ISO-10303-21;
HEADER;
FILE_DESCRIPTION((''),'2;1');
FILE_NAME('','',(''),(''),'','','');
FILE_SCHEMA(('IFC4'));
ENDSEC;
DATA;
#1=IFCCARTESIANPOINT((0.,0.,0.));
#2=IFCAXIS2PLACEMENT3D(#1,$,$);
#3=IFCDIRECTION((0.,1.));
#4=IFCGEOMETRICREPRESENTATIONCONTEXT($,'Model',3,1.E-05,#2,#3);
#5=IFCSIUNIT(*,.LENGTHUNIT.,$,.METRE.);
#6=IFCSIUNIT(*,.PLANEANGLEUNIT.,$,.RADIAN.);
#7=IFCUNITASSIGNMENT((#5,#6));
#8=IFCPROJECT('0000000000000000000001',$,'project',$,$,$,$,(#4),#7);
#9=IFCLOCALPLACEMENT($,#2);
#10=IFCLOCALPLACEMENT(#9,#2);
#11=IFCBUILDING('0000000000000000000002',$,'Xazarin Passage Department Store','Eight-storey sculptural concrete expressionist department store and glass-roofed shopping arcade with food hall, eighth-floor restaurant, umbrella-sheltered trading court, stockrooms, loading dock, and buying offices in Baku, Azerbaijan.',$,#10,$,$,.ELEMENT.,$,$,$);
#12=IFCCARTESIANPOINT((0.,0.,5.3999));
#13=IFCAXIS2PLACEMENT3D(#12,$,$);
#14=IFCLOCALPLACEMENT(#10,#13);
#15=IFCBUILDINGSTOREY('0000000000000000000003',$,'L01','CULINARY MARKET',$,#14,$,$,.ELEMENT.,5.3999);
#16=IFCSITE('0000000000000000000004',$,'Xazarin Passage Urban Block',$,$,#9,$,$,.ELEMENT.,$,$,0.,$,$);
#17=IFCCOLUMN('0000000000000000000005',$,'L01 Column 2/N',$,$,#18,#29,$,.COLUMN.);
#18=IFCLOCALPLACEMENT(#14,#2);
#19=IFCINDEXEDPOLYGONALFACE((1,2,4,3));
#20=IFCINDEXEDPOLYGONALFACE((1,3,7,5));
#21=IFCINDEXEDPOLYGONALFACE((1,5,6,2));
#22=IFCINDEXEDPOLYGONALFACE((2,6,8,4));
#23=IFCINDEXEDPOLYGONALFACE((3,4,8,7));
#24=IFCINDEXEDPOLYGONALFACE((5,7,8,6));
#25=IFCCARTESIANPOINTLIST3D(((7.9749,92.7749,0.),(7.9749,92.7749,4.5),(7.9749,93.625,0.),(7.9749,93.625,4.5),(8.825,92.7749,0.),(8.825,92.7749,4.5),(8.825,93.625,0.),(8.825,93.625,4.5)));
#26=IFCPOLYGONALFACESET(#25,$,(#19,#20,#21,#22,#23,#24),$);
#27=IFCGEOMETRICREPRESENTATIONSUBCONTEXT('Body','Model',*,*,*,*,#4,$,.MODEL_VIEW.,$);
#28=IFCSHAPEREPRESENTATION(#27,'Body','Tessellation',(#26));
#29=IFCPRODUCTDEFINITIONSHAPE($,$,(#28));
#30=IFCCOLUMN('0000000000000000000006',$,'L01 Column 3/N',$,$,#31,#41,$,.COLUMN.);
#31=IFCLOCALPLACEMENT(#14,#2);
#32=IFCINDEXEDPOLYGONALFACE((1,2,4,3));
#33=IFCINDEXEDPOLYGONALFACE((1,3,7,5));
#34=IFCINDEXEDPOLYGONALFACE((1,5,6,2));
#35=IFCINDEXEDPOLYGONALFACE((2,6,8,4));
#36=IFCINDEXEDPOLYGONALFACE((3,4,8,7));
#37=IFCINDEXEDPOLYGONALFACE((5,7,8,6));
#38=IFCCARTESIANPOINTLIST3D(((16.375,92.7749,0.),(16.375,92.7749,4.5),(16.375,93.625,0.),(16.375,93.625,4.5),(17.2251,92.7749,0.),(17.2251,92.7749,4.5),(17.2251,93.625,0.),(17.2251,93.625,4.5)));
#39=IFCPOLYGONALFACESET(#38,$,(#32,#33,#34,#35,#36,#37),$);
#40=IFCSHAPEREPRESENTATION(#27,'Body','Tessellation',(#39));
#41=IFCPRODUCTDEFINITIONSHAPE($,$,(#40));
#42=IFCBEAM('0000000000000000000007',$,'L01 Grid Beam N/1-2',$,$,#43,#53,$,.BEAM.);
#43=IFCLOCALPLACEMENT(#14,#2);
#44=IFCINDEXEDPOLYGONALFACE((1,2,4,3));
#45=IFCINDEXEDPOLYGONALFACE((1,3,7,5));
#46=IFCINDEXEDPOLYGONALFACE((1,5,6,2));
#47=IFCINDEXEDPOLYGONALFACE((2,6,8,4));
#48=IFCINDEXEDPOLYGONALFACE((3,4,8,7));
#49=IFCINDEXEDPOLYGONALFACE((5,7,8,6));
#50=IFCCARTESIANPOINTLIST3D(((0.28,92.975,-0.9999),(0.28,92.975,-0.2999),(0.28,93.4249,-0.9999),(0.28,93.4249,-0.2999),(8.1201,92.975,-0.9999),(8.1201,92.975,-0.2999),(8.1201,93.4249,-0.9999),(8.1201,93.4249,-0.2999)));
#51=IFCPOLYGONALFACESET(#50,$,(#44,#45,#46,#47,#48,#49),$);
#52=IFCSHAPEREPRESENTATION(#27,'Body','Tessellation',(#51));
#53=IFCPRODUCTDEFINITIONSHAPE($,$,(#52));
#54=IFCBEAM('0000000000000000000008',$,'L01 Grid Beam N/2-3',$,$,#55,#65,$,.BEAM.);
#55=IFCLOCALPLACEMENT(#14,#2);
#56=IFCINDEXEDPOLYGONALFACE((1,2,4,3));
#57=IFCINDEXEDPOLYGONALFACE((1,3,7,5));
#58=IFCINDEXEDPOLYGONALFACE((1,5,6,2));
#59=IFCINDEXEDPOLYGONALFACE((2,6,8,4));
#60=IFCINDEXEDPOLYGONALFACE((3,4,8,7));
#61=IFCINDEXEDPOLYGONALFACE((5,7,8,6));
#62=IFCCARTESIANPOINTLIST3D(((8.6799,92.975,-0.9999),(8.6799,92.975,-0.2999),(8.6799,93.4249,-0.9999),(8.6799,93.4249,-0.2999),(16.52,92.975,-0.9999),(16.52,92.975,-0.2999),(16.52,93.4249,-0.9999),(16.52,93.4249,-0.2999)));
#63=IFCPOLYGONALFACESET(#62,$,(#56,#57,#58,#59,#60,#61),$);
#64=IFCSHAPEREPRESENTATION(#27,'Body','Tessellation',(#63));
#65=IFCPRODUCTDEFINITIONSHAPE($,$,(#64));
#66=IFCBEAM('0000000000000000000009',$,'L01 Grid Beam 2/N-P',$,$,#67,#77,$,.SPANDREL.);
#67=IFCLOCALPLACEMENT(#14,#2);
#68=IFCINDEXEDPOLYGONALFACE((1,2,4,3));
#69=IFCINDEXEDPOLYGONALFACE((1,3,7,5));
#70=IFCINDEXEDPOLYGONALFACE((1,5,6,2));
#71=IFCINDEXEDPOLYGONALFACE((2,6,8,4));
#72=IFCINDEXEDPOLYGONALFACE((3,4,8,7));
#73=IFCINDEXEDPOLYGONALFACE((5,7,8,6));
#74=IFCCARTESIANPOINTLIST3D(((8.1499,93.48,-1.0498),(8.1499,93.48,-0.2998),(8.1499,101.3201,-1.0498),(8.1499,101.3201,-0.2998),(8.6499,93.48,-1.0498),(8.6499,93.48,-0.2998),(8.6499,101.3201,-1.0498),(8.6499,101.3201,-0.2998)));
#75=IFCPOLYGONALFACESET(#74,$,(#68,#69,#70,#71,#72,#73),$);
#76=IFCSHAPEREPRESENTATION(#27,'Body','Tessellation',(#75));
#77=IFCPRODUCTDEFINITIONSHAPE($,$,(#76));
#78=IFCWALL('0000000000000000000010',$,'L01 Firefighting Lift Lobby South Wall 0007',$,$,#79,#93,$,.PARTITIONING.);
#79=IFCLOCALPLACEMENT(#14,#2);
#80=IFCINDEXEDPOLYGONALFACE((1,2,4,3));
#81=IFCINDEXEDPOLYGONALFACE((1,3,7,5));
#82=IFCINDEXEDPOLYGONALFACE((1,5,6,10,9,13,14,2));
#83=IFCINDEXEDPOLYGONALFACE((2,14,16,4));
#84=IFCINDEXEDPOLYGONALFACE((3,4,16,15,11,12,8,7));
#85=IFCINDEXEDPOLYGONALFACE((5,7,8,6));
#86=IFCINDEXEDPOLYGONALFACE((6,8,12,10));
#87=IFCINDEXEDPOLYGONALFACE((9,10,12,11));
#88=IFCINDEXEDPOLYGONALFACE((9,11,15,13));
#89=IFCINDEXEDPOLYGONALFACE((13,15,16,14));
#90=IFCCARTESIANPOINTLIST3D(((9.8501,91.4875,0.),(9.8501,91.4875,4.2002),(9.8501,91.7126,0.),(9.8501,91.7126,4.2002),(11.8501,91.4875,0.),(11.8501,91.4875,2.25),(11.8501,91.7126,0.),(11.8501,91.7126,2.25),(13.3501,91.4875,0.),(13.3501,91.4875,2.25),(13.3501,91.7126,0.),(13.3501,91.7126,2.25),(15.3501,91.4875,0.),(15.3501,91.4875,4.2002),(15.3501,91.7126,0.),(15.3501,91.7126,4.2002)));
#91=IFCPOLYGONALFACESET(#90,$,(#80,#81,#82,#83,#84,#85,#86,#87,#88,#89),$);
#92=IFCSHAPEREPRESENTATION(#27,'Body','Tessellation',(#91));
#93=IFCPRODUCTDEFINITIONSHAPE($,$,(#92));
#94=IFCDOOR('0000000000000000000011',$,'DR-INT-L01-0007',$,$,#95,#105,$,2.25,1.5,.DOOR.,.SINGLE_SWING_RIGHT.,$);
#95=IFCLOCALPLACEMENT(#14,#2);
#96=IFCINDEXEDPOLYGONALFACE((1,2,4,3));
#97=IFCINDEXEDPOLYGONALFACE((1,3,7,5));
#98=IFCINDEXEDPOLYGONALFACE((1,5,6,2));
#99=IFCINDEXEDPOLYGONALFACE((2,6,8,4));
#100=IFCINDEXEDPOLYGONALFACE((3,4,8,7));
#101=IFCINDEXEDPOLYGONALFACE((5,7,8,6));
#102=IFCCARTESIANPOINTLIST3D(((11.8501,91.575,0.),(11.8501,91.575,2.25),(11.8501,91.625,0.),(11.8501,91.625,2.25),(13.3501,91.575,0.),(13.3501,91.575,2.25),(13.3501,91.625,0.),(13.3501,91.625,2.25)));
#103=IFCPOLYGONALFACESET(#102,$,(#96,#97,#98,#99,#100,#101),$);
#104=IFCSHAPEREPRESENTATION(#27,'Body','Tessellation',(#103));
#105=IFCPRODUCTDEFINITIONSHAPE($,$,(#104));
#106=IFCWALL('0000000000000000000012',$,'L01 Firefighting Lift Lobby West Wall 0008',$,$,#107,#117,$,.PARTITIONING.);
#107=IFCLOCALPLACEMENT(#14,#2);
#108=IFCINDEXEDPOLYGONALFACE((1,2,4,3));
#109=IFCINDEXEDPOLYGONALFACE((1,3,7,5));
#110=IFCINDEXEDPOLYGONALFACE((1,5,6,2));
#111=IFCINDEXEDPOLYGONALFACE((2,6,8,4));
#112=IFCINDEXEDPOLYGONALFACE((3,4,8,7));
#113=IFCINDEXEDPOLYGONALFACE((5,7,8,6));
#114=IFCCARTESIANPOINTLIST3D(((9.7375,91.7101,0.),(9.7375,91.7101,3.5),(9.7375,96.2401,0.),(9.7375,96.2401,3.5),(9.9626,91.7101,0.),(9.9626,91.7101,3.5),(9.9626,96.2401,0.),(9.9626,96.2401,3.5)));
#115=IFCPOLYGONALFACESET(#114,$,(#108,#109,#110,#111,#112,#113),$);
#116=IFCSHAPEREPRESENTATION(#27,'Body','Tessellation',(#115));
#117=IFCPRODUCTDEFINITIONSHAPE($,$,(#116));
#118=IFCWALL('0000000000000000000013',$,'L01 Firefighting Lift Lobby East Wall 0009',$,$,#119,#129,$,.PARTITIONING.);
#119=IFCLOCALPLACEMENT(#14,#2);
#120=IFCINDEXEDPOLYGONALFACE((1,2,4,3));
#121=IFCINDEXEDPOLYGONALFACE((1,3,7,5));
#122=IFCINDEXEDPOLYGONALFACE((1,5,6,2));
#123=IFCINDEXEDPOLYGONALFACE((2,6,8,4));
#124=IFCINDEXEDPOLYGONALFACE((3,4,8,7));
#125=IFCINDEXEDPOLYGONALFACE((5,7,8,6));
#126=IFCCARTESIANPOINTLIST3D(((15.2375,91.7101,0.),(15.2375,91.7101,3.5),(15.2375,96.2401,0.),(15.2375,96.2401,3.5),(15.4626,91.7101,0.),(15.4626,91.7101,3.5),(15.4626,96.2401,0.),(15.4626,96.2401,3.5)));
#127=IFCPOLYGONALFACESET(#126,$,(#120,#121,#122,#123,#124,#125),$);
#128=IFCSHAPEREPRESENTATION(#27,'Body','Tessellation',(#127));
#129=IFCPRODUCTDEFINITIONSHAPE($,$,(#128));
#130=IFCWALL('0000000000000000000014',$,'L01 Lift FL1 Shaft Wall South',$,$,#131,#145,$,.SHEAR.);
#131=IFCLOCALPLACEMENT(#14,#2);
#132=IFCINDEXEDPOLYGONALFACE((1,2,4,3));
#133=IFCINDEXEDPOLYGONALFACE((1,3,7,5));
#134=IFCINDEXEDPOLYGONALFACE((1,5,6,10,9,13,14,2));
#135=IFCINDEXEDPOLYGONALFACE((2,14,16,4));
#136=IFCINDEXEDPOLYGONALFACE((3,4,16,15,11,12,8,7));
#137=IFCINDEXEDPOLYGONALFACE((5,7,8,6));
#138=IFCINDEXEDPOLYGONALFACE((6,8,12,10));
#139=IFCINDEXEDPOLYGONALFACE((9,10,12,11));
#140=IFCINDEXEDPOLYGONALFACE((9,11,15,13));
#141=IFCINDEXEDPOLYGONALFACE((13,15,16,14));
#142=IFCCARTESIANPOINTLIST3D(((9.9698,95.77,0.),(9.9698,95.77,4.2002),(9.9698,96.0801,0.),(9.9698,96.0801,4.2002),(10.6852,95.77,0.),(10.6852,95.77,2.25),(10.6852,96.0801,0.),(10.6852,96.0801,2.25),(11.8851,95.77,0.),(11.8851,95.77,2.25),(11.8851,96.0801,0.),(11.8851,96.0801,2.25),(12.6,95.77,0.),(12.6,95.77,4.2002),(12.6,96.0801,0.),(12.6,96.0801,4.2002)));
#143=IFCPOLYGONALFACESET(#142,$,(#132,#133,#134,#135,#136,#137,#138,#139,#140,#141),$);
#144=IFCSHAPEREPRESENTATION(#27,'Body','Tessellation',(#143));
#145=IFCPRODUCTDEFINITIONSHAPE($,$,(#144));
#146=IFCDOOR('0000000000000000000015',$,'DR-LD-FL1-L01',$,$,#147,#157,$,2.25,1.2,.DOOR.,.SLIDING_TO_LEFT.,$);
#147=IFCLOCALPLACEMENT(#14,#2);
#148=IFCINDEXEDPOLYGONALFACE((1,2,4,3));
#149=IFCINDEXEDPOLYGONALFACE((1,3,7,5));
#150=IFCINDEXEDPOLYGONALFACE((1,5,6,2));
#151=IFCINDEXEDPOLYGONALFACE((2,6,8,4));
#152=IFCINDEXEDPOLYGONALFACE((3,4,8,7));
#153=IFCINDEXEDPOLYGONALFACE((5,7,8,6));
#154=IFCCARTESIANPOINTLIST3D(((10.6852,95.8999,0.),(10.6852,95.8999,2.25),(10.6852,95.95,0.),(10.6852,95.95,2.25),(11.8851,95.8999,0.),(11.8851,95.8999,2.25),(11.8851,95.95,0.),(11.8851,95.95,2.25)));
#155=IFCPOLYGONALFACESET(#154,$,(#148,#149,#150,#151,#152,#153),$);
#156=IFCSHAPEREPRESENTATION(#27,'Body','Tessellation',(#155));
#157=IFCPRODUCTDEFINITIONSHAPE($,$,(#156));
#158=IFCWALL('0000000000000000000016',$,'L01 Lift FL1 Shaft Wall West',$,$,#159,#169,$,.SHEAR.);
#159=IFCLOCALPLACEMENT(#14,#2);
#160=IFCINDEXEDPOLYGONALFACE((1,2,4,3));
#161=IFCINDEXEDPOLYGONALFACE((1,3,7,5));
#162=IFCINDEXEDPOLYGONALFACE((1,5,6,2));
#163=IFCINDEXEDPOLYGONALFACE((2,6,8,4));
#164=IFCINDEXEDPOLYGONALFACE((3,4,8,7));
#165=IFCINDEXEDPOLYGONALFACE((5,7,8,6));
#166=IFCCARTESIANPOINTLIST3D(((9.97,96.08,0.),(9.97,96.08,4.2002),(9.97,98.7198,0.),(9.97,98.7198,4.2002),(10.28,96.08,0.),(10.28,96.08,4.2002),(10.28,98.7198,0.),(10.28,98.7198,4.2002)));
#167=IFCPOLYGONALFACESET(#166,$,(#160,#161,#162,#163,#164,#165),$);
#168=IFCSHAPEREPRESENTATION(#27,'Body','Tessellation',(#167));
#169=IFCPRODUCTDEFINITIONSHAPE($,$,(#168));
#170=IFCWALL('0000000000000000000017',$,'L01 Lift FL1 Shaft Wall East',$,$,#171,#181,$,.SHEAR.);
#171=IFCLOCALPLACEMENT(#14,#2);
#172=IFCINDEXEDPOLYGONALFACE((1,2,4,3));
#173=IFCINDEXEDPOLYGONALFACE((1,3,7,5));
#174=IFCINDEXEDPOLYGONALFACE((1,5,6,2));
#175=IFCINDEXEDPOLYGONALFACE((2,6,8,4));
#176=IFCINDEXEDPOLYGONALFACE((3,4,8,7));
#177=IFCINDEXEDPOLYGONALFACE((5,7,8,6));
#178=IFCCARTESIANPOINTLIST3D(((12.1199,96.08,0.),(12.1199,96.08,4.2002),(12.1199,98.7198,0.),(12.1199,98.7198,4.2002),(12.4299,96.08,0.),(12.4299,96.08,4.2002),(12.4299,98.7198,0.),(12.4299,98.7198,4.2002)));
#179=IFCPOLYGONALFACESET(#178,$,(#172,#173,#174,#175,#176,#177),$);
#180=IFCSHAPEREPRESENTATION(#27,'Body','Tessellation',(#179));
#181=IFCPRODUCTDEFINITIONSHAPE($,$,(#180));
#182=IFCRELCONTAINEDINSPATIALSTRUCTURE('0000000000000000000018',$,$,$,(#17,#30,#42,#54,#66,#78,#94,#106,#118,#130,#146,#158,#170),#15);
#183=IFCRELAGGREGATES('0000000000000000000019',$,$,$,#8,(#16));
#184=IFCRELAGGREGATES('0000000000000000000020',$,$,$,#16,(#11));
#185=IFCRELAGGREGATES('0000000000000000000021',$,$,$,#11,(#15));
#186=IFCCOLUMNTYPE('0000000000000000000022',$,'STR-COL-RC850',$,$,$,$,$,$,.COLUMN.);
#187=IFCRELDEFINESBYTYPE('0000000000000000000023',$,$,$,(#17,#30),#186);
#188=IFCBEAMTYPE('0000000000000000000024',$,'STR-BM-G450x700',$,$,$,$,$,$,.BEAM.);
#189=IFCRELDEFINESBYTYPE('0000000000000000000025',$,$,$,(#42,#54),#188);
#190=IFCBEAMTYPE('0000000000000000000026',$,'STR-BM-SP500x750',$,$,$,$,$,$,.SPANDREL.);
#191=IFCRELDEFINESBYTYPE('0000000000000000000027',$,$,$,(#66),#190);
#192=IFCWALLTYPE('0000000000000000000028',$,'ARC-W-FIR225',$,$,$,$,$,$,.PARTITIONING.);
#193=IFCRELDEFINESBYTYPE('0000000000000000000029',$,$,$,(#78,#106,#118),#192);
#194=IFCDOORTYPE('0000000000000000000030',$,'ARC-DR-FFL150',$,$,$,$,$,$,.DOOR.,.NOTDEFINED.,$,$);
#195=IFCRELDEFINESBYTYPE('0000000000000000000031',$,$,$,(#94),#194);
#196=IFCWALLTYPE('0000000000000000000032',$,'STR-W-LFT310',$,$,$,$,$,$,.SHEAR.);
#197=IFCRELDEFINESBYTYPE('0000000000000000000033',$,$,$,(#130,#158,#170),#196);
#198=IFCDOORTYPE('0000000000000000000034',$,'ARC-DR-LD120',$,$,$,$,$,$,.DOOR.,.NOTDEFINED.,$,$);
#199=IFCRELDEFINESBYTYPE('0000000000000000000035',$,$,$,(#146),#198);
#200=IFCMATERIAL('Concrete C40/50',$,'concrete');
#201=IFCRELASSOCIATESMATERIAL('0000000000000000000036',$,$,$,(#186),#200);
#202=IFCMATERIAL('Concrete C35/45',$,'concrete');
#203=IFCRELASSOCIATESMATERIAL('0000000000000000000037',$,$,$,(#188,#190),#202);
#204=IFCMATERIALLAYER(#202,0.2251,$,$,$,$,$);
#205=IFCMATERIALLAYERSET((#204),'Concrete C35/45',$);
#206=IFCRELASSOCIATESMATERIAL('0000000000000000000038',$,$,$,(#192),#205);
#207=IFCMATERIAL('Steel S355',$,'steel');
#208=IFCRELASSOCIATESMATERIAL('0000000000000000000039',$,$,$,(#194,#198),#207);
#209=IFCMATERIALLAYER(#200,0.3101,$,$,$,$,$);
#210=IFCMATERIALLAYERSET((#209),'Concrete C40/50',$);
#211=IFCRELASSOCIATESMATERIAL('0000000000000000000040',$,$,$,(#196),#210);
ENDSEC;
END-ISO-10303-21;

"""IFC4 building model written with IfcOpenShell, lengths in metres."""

from ifc_helpers import new_model, si_unit, direction, frame, frame_2d, origin, origin_2d, place, context, subcontext, project, spatial, rectangle, extrude, material, layer, layer_set, material_profile, profile_set, type_object, element, fill, save


model = new_model("IFC4")

# Units and contexts
model_context = context("Model", 3, precision=1e-05, world=origin(), true_north=direction((0.0, 1.0)))
body_context = subcontext(model_context, "Body", "Model", "MODEL_VIEW")
ifc_project = project(units=[si_unit("LENGTHUNIT", "METRE"), si_unit("PLANEANGLEUNIT", "RADIAN")], contexts=[model_context])

# Site, building, storey
site_placement = place(None, origin())
site = spatial("IfcSite", under=ifc_project, at=site_placement, Name="Xazarin Passage Urban Block", CompositionType="ELEMENT", RefElevation=0.0)
building_placement = place(site_placement, origin())
building = spatial("IfcBuilding", under=site, at=building_placement, Name="Xazarin Passage Department Store", Description="Eight-storey sculptural concrete expressionist department store and glass-roofed shopping arcade with food hall, eighth-floor restaurant, umbrella-sheltered trading court, stockrooms, loading dock, and buying offices in Baku, Azerbaijan.", CompositionType="ELEMENT")
storey_placement = place(building_placement, frame((0.0, 0.0, 5.3999)))
storey = spatial("IfcBuildingStorey", under=building, at=storey_placement, Name="L01", Description="CULINARY MARKET", CompositionType="ELEMENT", Elevation=5.3999)

# Columns
ifc_material_1 = material(Name="Concrete C40/50", Category="concrete")
ifc_material_profile_1 = material_profile(ifc_material_1, rectangle(XDim=0.8501, YDim=0.8501, at=origin_2d()), Name="RC 850x850")
ifc_profile_set_1 = profile_set([ifc_material_profile_1], Name="Concrete C40/50")
column_type = type_object("IfcColumnType", Name="STR-COL-RC850", PredefinedType="COLUMN", material=ifc_profile_set_1)
for number, where, z_axis, x_axis, name in (
    (1, (8.3999, 93.2, 0.0), (0.0, 0.0, 1.0), (1.0, 0.0, 0.0), "L01 Column 2/N"),
    (2, (16.8, 93.2, 0.0), (0.0, 0.0, 1.0), (1.0, 0.0, 0.0), "L01 Column 3/N"),
):
    element("IfcColumn", number, at=place(storey_placement, frame(where, z_axis=z_axis, x_axis=x_axis)), inside=storey, type_object=column_type, Name=name, PredefinedType="COLUMN", context=body_context, shape_type="SweptSolid", body=[
        extrude(rectangle(XDim=0.8501, YDim=0.8501, at=origin_2d()), origin(), (0.0, 0.0, 1.0), 4.5),
    ])

# Beams
ifc_material_2 = material(Name="Concrete C35/45", Category="concrete")
ifc_material_profile_2 = material_profile(ifc_material_2, rectangle(XDim=0.45, YDim=0.7, at=origin_2d()), Name="RC 450x700")
ifc_profile_set_2 = profile_set([ifc_material_profile_2], Name="Concrete C35/45")
beam_type_1 = type_object("IfcBeamType", Name="STR-BM-G450x700", PredefinedType="BEAM", material=ifc_profile_set_2)
for number, where, z_axis, x_axis, name in (
    (3, (0.28, 93.2, -0.6499), (1.0, 0.0, 0.0), (0.0, 1.0, 0.0), "L01 Grid Beam N/1-2"),
    (4, (8.6799, 93.2, -0.6499), (1.0, 0.0, 0.0), (0.0, 1.0, 0.0), "L01 Grid Beam N/2-3"),
):
    element("IfcBeam", number, at=place(storey_placement, frame(where, z_axis=z_axis, x_axis=x_axis)), inside=storey, type_object=beam_type_1, Name=name, PredefinedType="BEAM", context=body_context, shape_type="SweptSolid", body=[
        extrude(rectangle(XDim=0.45, YDim=0.7, at=origin_2d()), origin(), (0.0, 0.0, 1.0), 7.8401),
    ])
ifc_material_profile_3 = material_profile(ifc_material_2, rectangle(XDim=0.5, YDim=0.75, at=origin_2d()), Name="RC 500x750")
ifc_profile_set_3 = profile_set([ifc_material_profile_3], Name="Concrete C35/45")
beam_type_2 = type_object("IfcBeamType", Name="STR-BM-SP500x750", PredefinedType="SPANDREL", material=ifc_profile_set_3)
beam_placement = place(storey_placement, frame((8.3999, 93.48, -0.6748), z_axis=(0.0, 1.0, 0.0), x_axis=(-1.0, 0.0, 0.0)))
element("IfcBeam", 5, at=beam_placement, inside=storey, type_object=beam_type_2, Name="L01 Grid Beam 2/N-P", PredefinedType="SPANDREL", context=body_context, shape_type="SweptSolid", body=[
    extrude(rectangle(XDim=0.5, YDim=0.75, at=origin_2d()), origin(), (0.0, 0.0, 1.0), 7.8401),
])

# Wall, opening, door
ifc_layer_1 = layer(ifc_material_2, 0.2251)
ifc_layer_set_1 = layer_set([ifc_layer_1], Name="Concrete C35/45")
wall_type_1 = type_object("IfcWallType", Name="ARC-W-FIR225", PredefinedType="PARTITIONING", material=ifc_layer_set_1)
wall_1_placement = place(storey_placement, frame((9.8501, 91.6001, 0.0), z_axis=(0.0, 0.0, 1.0), x_axis=(1.0, 0.0, 0.0)))
wall_1 = element("IfcWall", 6, at=wall_1_placement, inside=storey, type_object=wall_type_1, Name="L01 Firefighting Lift Lobby South Wall 0007", PredefinedType="PARTITIONING", context=body_context, shape_type="SweptSolid", body=[
    extrude(rectangle(XDim=5.5, YDim=0.2251, at=frame_2d((2.75, 0.0))), origin(), (0.0, 0.0, 1.0), 4.2002),
])
opening_1_placement = place(wall_1_placement, frame((2.0, 0.0, 0.0)))
opening_1 = element("IfcOpeningElement", 7, at=opening_1_placement, cuts=wall_1, PredefinedType="OPENING", context=body_context, shape_type="SweptSolid", body=[
    extrude(rectangle(XDim=1.5, YDim=2.25, at=frame_2d((0.75, 1.125))), frame((0.0, 0.1226, 0.0), z_axis=(0.0, -1.0, 0.0), x_axis=(1.0, 0.0, 0.0)), (0.0, 0.0, 1.0), 0.2451),
])
ifc_material_3 = material(Name="Steel S355", Category="steel")
door_type_1 = type_object("IfcDoorType", Name="ARC-DR-FFL150", OperationType="NOTDEFINED", PredefinedType="DOOR", material=ifc_material_3)
door_1_placement = place(opening_1_placement, origin())
door_1 = element("IfcDoor", 8, at=door_1_placement, inside=storey, type_object=door_type_1, Name="DR-INT-L01-0007", OperationType="SINGLE_SWING_RIGHT", OverallHeight=2.25, OverallWidth=1.5, PredefinedType="DOOR", context=body_context, shape_type="SweptSolid", body=[
    extrude(rectangle(XDim=1.5, YDim=2.25, at=frame_2d((0.75, 1.125))), frame((0.0, 0.0249, 0.0), z_axis=(0.0, -1.0, 0.0), x_axis=(1.0, 0.0, 0.0)), (0.0, 0.0, 1.0), 0.05),
])
fill(opening_1, door_1)

# Walls
for number, where, z_axis, x_axis, name in (
    (9, (9.8501, 91.71, 0.0), (0.0, 0.0, 1.0), (0.0, 1.0, 0.0), "L01 Firefighting Lift Lobby West Wall 0008"),
    (10, (15.3501, 91.71, 0.0), (0.0, 0.0, 1.0), (0.0, 1.0, 0.0), "L01 Firefighting Lift Lobby East Wall 0009"),
):
    element("IfcWall", number, at=place(storey_placement, frame(where, z_axis=z_axis, x_axis=x_axis)), inside=storey, type_object=wall_type_1, Name=name, PredefinedType="PARTITIONING", context=body_context, shape_type="SweptSolid", body=[
        extrude(rectangle(XDim=4.53, YDim=0.2251, at=frame_2d((2.2651, 0.0))), origin(), (0.0, 0.0, 1.0), 3.5),
    ])

# Wall, opening, door
ifc_layer_2 = layer(ifc_material_1, 0.3101)
ifc_layer_set_2 = layer_set([ifc_layer_2], Name="Concrete C40/50")
wall_type_2 = type_object("IfcWallType", Name="STR-W-LFT310", PredefinedType="SHEAR", material=ifc_layer_set_2)
wall_2_placement = place(storey_placement, frame((9.97, 95.925, 0.0), z_axis=(0.0, 0.0, 1.0), x_axis=(1.0, 0.0, 0.0)))
wall_2 = element("IfcWall", 11, at=wall_2_placement, inside=storey, type_object=wall_type_2, Name="L01 Lift FL1 Shaft Wall South", PredefinedType="SHEAR", context=body_context, shape_type="SweptSolid", body=[
    extrude(rectangle(XDim=2.6301, YDim=0.3101, at=frame_2d((1.3149, 0.0))), origin(), (0.0, 0.0, 1.0), 4.2002),
])
opening_2_placement = place(wall_2_placement, frame((0.7151, 0.0, 0.0)))
opening_2 = element("IfcOpeningElement", 12, at=opening_2_placement, cuts=wall_2, PredefinedType="OPENING", context=body_context, shape_type="SweptSolid", body=[
    extrude(rectangle(XDim=1.2, YDim=2.25, at=frame_2d((0.6001, 1.125))), frame((0.0, 0.165, 0.0), z_axis=(0.0, -1.0, 0.0), x_axis=(1.0, 0.0, 0.0)), (0.0, 0.0, 1.0), 0.3301),
])
door_type_2 = type_object("IfcDoorType", Name="ARC-DR-LD120", OperationType="NOTDEFINED", PredefinedType="DOOR", material=ifc_material_3)
door_2_placement = place(opening_2_placement, origin())
door_2 = element("IfcDoor", 13, at=door_2_placement, inside=storey, type_object=door_type_2, Name="DR-LD-FL1-L01", OperationType="SLIDING_TO_LEFT", OverallHeight=2.25, OverallWidth=1.2, PredefinedType="DOOR", context=body_context, shape_type="SweptSolid", body=[
    extrude(rectangle(XDim=1.2, YDim=2.25, at=frame_2d((0.6001, 1.125))), frame((0.0, 0.0249, 0.0), z_axis=(0.0, -1.0, 0.0), x_axis=(1.0, 0.0, 0.0)), (0.0, 0.0, 1.0), 0.05),
])
fill(opening_2, door_2)

# Walls
for number, where, z_axis, x_axis, name in (
    (14, (10.125, 96.0801, 0.0), (0.0, 0.0, 1.0), (0.0, 1.0, 0.0), "L01 Lift FL1 Shaft Wall West"),
    (15, (12.2749, 96.0801, 0.0), (0.0, 0.0, 1.0), (0.0, 1.0, 0.0), "L01 Lift FL1 Shaft Wall East"),
):
    element("IfcWall", number, at=place(storey_placement, frame(where, z_axis=z_axis, x_axis=x_axis)), inside=storey, type_object=wall_type_2, Name=name, PredefinedType="SHEAR", context=body_context, shape_type="SweptSolid", body=[
        extrude(rectangle(XDim=2.6399, YDim=0.3101, at=frame_2d((1.3198, 0.0))), origin(), (0.0, 0.0, 1.0), 4.2002),
    ])

save(model, "model.ifc")
